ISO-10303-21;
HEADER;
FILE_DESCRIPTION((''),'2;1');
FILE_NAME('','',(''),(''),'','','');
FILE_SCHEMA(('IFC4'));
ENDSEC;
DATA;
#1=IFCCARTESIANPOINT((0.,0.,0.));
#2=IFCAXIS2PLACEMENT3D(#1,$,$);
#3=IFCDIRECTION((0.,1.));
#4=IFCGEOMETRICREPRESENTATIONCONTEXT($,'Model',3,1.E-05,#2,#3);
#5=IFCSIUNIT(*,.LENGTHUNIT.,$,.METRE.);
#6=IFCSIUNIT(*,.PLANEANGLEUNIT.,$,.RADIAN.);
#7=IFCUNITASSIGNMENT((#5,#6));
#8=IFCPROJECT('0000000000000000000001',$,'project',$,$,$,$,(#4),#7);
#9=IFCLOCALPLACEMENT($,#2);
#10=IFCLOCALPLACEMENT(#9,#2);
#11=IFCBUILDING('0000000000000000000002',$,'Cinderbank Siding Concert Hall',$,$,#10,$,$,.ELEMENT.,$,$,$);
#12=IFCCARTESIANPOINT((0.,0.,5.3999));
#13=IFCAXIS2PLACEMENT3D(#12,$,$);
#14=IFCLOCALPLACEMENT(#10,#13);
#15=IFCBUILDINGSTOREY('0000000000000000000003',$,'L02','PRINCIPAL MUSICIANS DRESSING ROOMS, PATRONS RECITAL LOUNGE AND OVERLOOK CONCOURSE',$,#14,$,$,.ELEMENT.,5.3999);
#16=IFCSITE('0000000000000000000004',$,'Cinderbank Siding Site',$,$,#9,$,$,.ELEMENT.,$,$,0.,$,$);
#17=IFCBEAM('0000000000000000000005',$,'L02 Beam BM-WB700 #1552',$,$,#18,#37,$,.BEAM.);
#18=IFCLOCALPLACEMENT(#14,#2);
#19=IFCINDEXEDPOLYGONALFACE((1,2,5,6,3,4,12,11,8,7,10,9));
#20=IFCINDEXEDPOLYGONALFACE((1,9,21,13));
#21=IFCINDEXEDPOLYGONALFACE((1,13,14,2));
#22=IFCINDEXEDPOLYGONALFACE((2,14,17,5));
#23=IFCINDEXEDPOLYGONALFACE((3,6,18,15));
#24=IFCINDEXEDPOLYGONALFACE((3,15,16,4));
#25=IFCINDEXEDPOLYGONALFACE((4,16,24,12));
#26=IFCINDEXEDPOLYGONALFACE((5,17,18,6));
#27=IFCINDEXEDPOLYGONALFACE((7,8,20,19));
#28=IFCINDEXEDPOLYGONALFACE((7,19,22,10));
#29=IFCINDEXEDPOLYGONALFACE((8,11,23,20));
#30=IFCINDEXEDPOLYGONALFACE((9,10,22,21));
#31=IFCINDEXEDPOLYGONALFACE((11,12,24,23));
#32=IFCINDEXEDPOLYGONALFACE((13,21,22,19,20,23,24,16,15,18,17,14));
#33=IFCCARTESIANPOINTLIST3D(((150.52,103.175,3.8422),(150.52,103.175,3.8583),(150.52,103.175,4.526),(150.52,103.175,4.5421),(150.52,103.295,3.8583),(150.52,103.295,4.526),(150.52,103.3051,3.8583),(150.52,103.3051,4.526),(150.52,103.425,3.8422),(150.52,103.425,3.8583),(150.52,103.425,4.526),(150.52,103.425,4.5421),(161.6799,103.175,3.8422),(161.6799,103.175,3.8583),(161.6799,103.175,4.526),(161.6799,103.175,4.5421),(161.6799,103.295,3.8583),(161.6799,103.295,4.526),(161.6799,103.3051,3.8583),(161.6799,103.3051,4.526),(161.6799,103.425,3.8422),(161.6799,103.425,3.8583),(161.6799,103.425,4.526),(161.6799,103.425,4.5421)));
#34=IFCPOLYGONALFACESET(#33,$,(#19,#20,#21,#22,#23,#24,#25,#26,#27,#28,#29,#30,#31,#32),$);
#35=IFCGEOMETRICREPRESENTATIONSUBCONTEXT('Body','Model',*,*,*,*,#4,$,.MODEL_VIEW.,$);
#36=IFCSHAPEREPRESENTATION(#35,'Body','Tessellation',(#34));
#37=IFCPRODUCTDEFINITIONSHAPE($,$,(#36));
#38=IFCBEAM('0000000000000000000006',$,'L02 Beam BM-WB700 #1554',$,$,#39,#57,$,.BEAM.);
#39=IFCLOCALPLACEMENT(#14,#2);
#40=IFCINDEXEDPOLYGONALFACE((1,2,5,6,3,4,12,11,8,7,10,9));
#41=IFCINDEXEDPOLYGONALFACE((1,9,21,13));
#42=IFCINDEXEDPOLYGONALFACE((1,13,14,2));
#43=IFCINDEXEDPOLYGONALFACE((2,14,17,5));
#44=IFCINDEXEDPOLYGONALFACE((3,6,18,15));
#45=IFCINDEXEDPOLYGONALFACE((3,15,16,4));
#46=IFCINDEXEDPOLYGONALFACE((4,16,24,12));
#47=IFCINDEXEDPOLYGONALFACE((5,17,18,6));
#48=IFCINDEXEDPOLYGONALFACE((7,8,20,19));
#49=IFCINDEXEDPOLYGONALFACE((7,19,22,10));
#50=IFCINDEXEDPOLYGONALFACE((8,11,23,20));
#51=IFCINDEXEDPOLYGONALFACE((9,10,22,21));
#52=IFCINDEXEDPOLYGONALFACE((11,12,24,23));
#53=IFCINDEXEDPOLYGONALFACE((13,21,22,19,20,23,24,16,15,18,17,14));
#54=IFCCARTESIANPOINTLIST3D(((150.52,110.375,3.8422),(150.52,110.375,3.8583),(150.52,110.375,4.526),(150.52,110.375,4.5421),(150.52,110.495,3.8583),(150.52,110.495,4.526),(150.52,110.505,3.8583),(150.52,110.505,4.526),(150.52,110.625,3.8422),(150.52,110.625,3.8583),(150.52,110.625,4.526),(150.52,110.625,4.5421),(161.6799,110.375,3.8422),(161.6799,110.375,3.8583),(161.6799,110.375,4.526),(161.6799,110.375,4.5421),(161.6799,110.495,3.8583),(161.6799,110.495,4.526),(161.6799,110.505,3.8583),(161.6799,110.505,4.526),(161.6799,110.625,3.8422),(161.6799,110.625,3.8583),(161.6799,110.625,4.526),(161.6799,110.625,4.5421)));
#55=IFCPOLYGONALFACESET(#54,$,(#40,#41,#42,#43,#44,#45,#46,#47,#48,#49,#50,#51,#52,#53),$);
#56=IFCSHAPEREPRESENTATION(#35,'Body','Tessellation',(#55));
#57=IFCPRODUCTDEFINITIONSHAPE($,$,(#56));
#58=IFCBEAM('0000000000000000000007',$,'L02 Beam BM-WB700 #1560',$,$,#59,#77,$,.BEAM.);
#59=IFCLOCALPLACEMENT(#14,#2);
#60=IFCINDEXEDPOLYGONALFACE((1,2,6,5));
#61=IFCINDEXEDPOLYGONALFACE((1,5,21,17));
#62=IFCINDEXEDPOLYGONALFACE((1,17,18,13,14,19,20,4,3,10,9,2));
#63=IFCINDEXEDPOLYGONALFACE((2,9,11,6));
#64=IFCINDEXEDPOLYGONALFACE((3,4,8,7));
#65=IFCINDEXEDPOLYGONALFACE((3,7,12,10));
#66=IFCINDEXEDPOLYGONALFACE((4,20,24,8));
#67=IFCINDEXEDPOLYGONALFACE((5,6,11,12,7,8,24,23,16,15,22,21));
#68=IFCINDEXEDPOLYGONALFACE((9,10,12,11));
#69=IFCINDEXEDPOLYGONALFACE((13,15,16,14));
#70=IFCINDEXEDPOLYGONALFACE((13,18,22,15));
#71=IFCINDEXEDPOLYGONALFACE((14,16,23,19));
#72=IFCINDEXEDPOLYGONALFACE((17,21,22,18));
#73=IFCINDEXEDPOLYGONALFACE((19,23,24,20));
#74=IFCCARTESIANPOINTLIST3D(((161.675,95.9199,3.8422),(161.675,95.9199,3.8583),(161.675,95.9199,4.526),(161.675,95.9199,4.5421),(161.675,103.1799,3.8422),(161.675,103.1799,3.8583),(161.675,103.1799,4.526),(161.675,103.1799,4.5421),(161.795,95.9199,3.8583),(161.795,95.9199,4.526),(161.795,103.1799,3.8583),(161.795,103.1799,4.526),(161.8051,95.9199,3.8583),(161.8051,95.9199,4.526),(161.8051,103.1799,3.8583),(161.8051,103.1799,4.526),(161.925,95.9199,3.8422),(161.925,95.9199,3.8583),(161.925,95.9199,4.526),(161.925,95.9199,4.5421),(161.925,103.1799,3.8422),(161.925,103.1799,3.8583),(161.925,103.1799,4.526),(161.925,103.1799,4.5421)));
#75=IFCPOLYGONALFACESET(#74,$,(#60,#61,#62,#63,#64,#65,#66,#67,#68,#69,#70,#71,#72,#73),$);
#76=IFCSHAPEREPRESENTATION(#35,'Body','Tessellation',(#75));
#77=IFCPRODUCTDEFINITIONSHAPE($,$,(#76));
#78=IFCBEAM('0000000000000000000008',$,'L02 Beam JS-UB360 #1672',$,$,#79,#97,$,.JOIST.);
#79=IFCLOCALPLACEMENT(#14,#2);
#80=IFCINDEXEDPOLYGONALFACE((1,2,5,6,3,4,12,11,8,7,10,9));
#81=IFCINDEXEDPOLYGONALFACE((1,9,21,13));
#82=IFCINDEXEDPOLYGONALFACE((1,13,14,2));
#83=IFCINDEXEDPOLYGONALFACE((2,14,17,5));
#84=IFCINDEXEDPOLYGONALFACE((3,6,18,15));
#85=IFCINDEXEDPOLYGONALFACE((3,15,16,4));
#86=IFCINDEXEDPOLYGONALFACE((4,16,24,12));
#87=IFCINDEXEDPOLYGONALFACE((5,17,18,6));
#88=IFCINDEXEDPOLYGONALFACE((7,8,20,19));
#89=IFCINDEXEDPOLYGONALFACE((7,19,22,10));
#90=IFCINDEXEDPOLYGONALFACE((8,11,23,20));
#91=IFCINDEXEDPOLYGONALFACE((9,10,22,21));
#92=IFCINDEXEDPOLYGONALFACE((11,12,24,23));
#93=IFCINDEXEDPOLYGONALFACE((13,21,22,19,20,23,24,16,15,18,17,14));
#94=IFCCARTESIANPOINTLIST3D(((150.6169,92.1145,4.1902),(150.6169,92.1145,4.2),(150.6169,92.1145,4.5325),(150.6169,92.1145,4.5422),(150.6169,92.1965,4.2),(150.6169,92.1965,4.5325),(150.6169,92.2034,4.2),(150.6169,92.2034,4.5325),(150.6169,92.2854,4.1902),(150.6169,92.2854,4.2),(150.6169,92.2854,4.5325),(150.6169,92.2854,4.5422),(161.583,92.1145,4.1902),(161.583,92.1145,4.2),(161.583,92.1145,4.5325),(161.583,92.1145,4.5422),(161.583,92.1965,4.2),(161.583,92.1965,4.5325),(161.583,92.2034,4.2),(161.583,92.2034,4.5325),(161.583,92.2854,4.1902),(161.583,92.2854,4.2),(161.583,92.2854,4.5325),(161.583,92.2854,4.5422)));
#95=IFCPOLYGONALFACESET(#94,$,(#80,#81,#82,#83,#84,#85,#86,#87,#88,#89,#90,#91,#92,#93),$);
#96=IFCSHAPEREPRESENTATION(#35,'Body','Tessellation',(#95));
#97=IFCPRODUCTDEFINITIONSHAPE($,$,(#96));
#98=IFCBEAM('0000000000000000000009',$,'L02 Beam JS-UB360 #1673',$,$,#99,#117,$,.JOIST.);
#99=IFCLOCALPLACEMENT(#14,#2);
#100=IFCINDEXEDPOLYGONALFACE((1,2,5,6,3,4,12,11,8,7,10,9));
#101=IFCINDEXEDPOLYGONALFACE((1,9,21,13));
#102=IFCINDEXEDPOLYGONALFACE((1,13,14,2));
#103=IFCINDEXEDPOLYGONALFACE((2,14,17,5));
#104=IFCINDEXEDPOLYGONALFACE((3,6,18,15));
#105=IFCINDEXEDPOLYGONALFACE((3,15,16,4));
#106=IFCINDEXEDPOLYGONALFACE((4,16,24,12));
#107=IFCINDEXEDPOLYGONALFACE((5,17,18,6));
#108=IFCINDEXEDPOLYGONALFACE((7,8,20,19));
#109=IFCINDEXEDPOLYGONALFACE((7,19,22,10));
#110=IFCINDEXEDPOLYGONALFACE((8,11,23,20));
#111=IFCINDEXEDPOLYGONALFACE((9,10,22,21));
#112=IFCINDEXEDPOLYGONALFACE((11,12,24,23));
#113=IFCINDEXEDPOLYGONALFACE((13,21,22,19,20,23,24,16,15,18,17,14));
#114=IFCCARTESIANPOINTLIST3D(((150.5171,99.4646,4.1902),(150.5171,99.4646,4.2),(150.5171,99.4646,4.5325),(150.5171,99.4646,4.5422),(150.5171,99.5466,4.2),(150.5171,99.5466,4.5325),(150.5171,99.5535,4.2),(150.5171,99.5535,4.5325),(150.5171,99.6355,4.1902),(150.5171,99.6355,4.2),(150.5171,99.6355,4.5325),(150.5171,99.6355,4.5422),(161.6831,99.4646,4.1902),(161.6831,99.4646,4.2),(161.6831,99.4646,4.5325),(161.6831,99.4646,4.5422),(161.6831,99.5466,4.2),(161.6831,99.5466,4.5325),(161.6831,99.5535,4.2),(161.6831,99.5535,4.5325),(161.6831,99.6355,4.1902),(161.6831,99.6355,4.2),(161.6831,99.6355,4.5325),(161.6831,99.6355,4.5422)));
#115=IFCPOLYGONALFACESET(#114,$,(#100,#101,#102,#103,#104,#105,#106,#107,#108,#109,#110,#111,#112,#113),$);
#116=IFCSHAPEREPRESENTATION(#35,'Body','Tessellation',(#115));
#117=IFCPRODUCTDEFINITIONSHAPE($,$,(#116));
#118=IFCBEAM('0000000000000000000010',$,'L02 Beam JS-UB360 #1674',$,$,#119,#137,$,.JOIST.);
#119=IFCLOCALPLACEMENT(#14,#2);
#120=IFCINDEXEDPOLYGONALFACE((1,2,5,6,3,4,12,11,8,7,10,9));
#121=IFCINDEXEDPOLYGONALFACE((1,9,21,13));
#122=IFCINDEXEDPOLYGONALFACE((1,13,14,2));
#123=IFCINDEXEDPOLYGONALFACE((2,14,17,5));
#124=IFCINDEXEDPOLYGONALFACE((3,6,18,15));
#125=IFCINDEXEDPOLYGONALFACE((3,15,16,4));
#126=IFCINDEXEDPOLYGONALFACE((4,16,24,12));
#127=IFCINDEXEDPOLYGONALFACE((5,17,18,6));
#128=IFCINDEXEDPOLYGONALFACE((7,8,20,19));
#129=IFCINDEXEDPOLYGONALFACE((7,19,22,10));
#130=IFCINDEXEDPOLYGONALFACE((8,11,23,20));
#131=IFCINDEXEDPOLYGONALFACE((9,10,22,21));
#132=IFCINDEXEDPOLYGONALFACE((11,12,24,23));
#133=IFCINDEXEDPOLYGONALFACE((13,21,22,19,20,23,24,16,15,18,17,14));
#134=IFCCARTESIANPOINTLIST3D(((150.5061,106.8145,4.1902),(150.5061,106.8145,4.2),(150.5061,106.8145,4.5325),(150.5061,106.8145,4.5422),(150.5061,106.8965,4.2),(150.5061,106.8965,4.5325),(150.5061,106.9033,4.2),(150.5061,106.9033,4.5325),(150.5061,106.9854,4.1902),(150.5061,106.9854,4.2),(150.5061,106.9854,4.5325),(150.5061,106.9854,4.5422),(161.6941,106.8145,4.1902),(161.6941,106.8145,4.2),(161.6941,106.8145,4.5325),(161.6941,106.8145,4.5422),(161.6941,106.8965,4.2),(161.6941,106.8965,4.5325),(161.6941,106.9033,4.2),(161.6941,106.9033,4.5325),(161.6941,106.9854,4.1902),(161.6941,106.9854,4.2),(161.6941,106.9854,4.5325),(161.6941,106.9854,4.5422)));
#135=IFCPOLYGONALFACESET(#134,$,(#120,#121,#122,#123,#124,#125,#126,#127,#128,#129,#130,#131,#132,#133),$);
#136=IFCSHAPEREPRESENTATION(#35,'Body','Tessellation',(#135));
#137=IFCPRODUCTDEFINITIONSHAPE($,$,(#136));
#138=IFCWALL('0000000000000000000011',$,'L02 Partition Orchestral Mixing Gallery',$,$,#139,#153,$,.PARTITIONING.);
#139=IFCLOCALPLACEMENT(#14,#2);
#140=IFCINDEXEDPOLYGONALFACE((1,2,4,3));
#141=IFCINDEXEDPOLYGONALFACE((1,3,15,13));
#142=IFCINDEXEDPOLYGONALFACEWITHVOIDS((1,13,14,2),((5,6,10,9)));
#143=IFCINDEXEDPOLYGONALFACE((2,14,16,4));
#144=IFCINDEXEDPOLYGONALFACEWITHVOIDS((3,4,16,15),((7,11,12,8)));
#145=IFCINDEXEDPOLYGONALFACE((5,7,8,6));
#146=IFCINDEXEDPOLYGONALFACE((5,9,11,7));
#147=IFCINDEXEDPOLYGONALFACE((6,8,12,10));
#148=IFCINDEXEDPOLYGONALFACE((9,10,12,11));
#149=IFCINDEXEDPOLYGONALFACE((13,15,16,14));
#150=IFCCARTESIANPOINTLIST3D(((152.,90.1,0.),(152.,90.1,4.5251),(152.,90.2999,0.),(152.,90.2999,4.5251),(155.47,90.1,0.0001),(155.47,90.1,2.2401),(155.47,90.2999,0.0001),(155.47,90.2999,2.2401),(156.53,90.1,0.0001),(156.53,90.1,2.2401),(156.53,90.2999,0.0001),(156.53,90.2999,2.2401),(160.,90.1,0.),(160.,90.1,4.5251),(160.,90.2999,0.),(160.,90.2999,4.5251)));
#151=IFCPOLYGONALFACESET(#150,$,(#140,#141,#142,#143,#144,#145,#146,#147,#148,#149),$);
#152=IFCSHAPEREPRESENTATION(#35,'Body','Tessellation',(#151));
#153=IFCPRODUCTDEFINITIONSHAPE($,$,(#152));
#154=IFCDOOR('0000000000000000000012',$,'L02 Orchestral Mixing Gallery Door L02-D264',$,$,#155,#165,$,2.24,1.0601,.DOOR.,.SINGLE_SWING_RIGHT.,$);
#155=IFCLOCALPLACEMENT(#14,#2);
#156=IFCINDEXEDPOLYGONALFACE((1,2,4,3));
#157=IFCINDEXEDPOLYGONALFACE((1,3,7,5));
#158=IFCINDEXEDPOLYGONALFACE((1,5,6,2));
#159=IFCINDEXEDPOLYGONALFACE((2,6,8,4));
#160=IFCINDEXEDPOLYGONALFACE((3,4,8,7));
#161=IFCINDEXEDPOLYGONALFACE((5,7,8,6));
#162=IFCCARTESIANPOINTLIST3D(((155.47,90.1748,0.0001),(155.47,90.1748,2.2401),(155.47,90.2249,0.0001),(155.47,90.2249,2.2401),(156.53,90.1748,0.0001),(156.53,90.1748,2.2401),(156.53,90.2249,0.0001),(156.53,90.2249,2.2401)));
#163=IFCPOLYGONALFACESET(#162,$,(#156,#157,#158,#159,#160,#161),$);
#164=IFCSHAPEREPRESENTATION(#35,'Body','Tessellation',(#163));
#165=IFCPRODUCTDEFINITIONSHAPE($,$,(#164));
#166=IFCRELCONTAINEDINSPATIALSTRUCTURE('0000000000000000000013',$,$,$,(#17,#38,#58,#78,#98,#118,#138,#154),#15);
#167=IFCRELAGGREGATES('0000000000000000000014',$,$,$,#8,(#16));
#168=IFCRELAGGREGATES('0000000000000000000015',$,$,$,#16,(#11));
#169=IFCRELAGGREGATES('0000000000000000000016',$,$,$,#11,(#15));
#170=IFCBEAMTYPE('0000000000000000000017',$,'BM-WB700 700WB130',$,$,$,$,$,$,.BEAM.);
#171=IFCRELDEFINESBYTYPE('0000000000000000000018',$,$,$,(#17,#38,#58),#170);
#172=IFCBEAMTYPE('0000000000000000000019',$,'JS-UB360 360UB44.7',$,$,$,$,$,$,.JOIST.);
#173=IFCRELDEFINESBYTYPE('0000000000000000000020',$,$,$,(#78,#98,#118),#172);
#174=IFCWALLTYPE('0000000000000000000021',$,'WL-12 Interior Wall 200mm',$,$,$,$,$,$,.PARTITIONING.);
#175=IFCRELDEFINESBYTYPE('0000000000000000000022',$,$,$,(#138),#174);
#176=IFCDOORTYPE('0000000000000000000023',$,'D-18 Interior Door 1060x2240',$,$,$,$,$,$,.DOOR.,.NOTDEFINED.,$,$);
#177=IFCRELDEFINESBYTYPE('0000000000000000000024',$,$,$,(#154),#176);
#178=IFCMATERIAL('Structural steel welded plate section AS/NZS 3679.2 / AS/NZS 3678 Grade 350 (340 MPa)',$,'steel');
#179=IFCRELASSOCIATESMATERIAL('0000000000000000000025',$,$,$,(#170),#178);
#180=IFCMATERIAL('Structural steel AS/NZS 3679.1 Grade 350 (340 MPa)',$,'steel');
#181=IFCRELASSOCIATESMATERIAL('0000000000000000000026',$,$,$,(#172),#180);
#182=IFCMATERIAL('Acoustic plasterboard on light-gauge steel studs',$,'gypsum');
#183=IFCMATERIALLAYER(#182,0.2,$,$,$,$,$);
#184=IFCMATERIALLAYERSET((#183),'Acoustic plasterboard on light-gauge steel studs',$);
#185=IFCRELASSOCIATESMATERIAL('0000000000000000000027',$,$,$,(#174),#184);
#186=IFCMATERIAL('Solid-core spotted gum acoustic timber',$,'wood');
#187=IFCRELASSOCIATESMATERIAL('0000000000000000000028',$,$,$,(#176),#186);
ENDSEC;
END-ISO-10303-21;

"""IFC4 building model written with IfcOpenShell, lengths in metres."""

from ifc_helpers import new_model, si_unit, direction, frame, frame_2d, origin, origin_2d, place, context, subcontext, project, spatial, rectangle, i_section, extrude, material, layer, layer_set, material_profile, profile_set, type_object, element, fill, save


model = new_model("IFC4")

# Units and contexts
model_context = context("Model", 3, precision=1e-05, world=origin(), true_north=direction((0.0, 1.0)))
body_context = subcontext(model_context, "Body", "Model", "MODEL_VIEW")
ifc_project = project(units=[si_unit("LENGTHUNIT", "METRE"), si_unit("PLANEANGLEUNIT", "RADIAN")], contexts=[model_context])

# Site, building, storey
site_placement = place(None, origin())
site = spatial("IfcSite", under=ifc_project, at=site_placement, Name="Cinderbank Siding Site", CompositionType="ELEMENT", RefElevation=0.0)
building_placement = place(site_placement, origin())
building = spatial("IfcBuilding", under=site, at=building_placement, Name="Cinderbank Siding Concert Hall", CompositionType="ELEMENT")
storey_placement = place(building_placement, frame((0.0, 0.0, 5.3999)))
storey = spatial("IfcBuildingStorey", under=building, at=storey_placement, Name="L02", Description="PRINCIPAL MUSICIANS DRESSING ROOMS, PATRONS RECITAL LOUNGE AND OVERLOOK CONCOURSE", CompositionType="ELEMENT", Elevation=5.3999)

# Shared definitions
ifc_material_1 = material(Name="Structural steel AS/NZS 3679.1 Grade 350 (340 MPa)", Category="steel")

# Beams
ifc_material_2 = material(Name="Structural steel welded plate section AS/NZS 3679.2 / AS/NZS 3678 Grade 350 (340 MPa)", Category="steel")
ifc_material_profile_1 = material_profile(ifc_material_2, i_section(OverallWidth=0.25, OverallDepth=0.7, WebThickness=0.01, FlangeThickness=0.0161, at=origin_2d()), Name="700WB130", Category="LoadBearing")
ifc_profile_set_1 = profile_set([ifc_material_profile_1], Name="Structural steel welded plate section AS/NZS 3679.2 / AS/NZS 3678 Grade 350 (340 MPa)")
beam_type_1 = type_object("IfcBeamType", Name="BM-WB700 700WB130", PredefinedType="BEAM", material=ifc_profile_set_1)
for number, where, z_axis, x_axis, name in (
    (1, (150.52, 103.3, 4.1921), (1.0, 0.0, 0.0), (0.0, 1.0, 0.0), "L02 Beam BM-WB700 #1552"),
    (2, (150.52, 110.5, 4.1921), (1.0, 0.0, 0.0), (0.0, 1.0, 0.0), "L02 Beam BM-WB700 #1554"),
):
    element("IfcBeam", number, at=place(storey_placement, frame(where, z_axis=z_axis, x_axis=x_axis)), inside=storey, type_object=beam_type_1, Name=name, PredefinedType="BEAM", context=body_context, shape_type="SweptSolid", body=[
        extrude(i_section(OverallWidth=0.25, OverallDepth=0.7, WebThickness=0.01, FlangeThickness=0.0161, at=origin_2d()), origin(), (0.0, 0.0, 1.0), 11.1599),
    ])
beam_1_placement = place(storey_placement, frame((161.8, 95.9199, 4.1921), z_axis=(0.0, 1.0, 0.0), x_axis=(-1.0, 0.0, 0.0)))
element("IfcBeam", 3, at=beam_1_placement, inside=storey, type_object=beam_type_1, Name="L02 Beam BM-WB700 #1560", PredefinedType="BEAM", context=body_context, shape_type="SweptSolid", body=[
    extrude(i_section(OverallWidth=0.25, OverallDepth=0.7, WebThickness=0.01, FlangeThickness=0.0161, at=origin_2d()), origin(), (0.0, 0.0, 1.0), 7.26),
])
ifc_material_profile_2 = material_profile(ifc_material_1, i_section(OverallWidth=0.1709, OverallDepth=0.3521, WebThickness=0.0068, FlangeThickness=0.0098, at=origin_2d()), Name="360UB44.7", Category="LoadBearing")
ifc_profile_set_2 = profile_set([ifc_material_profile_2], Name="Structural steel AS/NZS 3679.1 Grade 350 (340 MPa)")
beam_type_2 = type_object("IfcBeamType", Name="JS-UB360 360UB44.7", PredefinedType="JOIST", material=ifc_profile_set_2)
beam_2_placement = place(storey_placement, frame((150.6169, 92.2, 4.3662), z_axis=(1.0, 0.0, 0.0), x_axis=(0.0, 1.0, 0.0)))
element("IfcBeam", 4, at=beam_2_placement, inside=storey, type_object=beam_type_2, Name="L02 Beam JS-UB360 #1672", PredefinedType="JOIST", context=body_context, shape_type="SweptSolid", body=[
    extrude(i_section(OverallWidth=0.1709, OverallDepth=0.3521, WebThickness=0.0068, FlangeThickness=0.0098, at=origin_2d()), origin(), (0.0, 0.0, 1.0), 10.9661),
])
beam_3_placement = place(storey_placement, frame((150.5171, 99.55, 4.3662), z_axis=(1.0, 0.0, 0.0), x_axis=(0.0, 1.0, 0.0)))
element("IfcBeam", 5, at=beam_3_placement, inside=storey, type_object=beam_type_2, Name="L02 Beam JS-UB360 #1673", PredefinedType="JOIST", context=body_context, shape_type="SweptSolid", body=[
    extrude(i_section(OverallWidth=0.1709, OverallDepth=0.3521, WebThickness=0.0068, FlangeThickness=0.0098, at=origin_2d()), origin(), (0.0, 0.0, 1.0), 11.166),
])
beam_4_placement = place(storey_placement, frame((150.5061, 106.8999, 4.3662), z_axis=(1.0, 0.0, 0.0), x_axis=(0.0, 1.0, 0.0)))
element("IfcBeam", 6, at=beam_4_placement, inside=storey, type_object=beam_type_2, Name="L02 Beam JS-UB360 #1674", PredefinedType="JOIST", context=body_context, shape_type="SweptSolid", body=[
    extrude(i_section(OverallWidth=0.1709, OverallDepth=0.3521, WebThickness=0.0068, FlangeThickness=0.0098, at=origin_2d()), origin(), (0.0, 0.0, 1.0), 11.188),
])

# Wall, opening, door
ifc_material_3 = material(Name="Acoustic plasterboard on light-gauge steel studs", Category="gypsum")
ifc_layer = layer(ifc_material_3, 0.2)
ifc_layer_set = layer_set([ifc_layer], Name="Acoustic plasterboard on light-gauge steel studs")
wall_type = type_object("IfcWallType", Name="WL-12 Interior Wall 200mm", PredefinedType="PARTITIONING", material=ifc_layer_set)
wall_placement = place(storey_placement, frame((152.0, 90.2, 0.0), z_axis=(0.0, 0.0, 1.0), x_axis=(1.0, 0.0, 0.0)))
wall = element("IfcWall", 7, at=wall_placement, inside=storey, type_object=wall_type, Name="L02 Partition Orchestral Mixing Gallery", PredefinedType="PARTITIONING", context=body_context, shape_type="SweptSolid", body=[
    extrude(rectangle(XDim=8.0, YDim=0.2, at=frame_2d((4.0, 0.0))), origin(), (0.0, 0.0, 1.0), 4.5251),
])
opening_placement = place(wall_placement, frame((3.47, 0.0, 0.0)))
opening = element("IfcOpeningElement", 8, at=opening_placement, cuts=wall, PredefinedType="OPENING", context=body_context, shape_type="SweptSolid", body=[
    extrude(rectangle(XDim=1.0601, YDim=2.24, at=frame_2d((0.53, 1.1201))), frame((0.0, 0.1118, 0.0), z_axis=(0.0, -1.0, 0.0), x_axis=(1.0, 0.0, 0.0)), (0.0, 0.0, 1.0), 0.2239),
])
ifc_material_4 = material(Name="Solid-core spotted gum acoustic timber", Category="wood")
door_type = type_object("IfcDoorType", Name="D-18 Interior Door 1060x2240", OperationType="NOTDEFINED", PredefinedType="DOOR", material=ifc_material_4)
door_placement = place(opening_placement, origin())
door = element("IfcDoor", 9, at=door_placement, inside=storey, type_object=door_type, Name="L02 Orchestral Mixing Gallery Door L02-D264", OperationType="SINGLE_SWING_RIGHT", OverallHeight=2.24, OverallWidth=1.0601, PredefinedType="DOOR", context=body_context, shape_type="SweptSolid", body=[
    extrude(rectangle(XDim=1.0601, YDim=2.24, at=frame_2d((0.53, 1.1201))), frame((0.0, 0.0249, 0.0), z_axis=(0.0, -1.0, 0.0), x_axis=(1.0, 0.0, 0.0)), (0.0, 0.0, 1.0), 0.05),
])
fill(opening, door)

save(model, "model.ifc")
